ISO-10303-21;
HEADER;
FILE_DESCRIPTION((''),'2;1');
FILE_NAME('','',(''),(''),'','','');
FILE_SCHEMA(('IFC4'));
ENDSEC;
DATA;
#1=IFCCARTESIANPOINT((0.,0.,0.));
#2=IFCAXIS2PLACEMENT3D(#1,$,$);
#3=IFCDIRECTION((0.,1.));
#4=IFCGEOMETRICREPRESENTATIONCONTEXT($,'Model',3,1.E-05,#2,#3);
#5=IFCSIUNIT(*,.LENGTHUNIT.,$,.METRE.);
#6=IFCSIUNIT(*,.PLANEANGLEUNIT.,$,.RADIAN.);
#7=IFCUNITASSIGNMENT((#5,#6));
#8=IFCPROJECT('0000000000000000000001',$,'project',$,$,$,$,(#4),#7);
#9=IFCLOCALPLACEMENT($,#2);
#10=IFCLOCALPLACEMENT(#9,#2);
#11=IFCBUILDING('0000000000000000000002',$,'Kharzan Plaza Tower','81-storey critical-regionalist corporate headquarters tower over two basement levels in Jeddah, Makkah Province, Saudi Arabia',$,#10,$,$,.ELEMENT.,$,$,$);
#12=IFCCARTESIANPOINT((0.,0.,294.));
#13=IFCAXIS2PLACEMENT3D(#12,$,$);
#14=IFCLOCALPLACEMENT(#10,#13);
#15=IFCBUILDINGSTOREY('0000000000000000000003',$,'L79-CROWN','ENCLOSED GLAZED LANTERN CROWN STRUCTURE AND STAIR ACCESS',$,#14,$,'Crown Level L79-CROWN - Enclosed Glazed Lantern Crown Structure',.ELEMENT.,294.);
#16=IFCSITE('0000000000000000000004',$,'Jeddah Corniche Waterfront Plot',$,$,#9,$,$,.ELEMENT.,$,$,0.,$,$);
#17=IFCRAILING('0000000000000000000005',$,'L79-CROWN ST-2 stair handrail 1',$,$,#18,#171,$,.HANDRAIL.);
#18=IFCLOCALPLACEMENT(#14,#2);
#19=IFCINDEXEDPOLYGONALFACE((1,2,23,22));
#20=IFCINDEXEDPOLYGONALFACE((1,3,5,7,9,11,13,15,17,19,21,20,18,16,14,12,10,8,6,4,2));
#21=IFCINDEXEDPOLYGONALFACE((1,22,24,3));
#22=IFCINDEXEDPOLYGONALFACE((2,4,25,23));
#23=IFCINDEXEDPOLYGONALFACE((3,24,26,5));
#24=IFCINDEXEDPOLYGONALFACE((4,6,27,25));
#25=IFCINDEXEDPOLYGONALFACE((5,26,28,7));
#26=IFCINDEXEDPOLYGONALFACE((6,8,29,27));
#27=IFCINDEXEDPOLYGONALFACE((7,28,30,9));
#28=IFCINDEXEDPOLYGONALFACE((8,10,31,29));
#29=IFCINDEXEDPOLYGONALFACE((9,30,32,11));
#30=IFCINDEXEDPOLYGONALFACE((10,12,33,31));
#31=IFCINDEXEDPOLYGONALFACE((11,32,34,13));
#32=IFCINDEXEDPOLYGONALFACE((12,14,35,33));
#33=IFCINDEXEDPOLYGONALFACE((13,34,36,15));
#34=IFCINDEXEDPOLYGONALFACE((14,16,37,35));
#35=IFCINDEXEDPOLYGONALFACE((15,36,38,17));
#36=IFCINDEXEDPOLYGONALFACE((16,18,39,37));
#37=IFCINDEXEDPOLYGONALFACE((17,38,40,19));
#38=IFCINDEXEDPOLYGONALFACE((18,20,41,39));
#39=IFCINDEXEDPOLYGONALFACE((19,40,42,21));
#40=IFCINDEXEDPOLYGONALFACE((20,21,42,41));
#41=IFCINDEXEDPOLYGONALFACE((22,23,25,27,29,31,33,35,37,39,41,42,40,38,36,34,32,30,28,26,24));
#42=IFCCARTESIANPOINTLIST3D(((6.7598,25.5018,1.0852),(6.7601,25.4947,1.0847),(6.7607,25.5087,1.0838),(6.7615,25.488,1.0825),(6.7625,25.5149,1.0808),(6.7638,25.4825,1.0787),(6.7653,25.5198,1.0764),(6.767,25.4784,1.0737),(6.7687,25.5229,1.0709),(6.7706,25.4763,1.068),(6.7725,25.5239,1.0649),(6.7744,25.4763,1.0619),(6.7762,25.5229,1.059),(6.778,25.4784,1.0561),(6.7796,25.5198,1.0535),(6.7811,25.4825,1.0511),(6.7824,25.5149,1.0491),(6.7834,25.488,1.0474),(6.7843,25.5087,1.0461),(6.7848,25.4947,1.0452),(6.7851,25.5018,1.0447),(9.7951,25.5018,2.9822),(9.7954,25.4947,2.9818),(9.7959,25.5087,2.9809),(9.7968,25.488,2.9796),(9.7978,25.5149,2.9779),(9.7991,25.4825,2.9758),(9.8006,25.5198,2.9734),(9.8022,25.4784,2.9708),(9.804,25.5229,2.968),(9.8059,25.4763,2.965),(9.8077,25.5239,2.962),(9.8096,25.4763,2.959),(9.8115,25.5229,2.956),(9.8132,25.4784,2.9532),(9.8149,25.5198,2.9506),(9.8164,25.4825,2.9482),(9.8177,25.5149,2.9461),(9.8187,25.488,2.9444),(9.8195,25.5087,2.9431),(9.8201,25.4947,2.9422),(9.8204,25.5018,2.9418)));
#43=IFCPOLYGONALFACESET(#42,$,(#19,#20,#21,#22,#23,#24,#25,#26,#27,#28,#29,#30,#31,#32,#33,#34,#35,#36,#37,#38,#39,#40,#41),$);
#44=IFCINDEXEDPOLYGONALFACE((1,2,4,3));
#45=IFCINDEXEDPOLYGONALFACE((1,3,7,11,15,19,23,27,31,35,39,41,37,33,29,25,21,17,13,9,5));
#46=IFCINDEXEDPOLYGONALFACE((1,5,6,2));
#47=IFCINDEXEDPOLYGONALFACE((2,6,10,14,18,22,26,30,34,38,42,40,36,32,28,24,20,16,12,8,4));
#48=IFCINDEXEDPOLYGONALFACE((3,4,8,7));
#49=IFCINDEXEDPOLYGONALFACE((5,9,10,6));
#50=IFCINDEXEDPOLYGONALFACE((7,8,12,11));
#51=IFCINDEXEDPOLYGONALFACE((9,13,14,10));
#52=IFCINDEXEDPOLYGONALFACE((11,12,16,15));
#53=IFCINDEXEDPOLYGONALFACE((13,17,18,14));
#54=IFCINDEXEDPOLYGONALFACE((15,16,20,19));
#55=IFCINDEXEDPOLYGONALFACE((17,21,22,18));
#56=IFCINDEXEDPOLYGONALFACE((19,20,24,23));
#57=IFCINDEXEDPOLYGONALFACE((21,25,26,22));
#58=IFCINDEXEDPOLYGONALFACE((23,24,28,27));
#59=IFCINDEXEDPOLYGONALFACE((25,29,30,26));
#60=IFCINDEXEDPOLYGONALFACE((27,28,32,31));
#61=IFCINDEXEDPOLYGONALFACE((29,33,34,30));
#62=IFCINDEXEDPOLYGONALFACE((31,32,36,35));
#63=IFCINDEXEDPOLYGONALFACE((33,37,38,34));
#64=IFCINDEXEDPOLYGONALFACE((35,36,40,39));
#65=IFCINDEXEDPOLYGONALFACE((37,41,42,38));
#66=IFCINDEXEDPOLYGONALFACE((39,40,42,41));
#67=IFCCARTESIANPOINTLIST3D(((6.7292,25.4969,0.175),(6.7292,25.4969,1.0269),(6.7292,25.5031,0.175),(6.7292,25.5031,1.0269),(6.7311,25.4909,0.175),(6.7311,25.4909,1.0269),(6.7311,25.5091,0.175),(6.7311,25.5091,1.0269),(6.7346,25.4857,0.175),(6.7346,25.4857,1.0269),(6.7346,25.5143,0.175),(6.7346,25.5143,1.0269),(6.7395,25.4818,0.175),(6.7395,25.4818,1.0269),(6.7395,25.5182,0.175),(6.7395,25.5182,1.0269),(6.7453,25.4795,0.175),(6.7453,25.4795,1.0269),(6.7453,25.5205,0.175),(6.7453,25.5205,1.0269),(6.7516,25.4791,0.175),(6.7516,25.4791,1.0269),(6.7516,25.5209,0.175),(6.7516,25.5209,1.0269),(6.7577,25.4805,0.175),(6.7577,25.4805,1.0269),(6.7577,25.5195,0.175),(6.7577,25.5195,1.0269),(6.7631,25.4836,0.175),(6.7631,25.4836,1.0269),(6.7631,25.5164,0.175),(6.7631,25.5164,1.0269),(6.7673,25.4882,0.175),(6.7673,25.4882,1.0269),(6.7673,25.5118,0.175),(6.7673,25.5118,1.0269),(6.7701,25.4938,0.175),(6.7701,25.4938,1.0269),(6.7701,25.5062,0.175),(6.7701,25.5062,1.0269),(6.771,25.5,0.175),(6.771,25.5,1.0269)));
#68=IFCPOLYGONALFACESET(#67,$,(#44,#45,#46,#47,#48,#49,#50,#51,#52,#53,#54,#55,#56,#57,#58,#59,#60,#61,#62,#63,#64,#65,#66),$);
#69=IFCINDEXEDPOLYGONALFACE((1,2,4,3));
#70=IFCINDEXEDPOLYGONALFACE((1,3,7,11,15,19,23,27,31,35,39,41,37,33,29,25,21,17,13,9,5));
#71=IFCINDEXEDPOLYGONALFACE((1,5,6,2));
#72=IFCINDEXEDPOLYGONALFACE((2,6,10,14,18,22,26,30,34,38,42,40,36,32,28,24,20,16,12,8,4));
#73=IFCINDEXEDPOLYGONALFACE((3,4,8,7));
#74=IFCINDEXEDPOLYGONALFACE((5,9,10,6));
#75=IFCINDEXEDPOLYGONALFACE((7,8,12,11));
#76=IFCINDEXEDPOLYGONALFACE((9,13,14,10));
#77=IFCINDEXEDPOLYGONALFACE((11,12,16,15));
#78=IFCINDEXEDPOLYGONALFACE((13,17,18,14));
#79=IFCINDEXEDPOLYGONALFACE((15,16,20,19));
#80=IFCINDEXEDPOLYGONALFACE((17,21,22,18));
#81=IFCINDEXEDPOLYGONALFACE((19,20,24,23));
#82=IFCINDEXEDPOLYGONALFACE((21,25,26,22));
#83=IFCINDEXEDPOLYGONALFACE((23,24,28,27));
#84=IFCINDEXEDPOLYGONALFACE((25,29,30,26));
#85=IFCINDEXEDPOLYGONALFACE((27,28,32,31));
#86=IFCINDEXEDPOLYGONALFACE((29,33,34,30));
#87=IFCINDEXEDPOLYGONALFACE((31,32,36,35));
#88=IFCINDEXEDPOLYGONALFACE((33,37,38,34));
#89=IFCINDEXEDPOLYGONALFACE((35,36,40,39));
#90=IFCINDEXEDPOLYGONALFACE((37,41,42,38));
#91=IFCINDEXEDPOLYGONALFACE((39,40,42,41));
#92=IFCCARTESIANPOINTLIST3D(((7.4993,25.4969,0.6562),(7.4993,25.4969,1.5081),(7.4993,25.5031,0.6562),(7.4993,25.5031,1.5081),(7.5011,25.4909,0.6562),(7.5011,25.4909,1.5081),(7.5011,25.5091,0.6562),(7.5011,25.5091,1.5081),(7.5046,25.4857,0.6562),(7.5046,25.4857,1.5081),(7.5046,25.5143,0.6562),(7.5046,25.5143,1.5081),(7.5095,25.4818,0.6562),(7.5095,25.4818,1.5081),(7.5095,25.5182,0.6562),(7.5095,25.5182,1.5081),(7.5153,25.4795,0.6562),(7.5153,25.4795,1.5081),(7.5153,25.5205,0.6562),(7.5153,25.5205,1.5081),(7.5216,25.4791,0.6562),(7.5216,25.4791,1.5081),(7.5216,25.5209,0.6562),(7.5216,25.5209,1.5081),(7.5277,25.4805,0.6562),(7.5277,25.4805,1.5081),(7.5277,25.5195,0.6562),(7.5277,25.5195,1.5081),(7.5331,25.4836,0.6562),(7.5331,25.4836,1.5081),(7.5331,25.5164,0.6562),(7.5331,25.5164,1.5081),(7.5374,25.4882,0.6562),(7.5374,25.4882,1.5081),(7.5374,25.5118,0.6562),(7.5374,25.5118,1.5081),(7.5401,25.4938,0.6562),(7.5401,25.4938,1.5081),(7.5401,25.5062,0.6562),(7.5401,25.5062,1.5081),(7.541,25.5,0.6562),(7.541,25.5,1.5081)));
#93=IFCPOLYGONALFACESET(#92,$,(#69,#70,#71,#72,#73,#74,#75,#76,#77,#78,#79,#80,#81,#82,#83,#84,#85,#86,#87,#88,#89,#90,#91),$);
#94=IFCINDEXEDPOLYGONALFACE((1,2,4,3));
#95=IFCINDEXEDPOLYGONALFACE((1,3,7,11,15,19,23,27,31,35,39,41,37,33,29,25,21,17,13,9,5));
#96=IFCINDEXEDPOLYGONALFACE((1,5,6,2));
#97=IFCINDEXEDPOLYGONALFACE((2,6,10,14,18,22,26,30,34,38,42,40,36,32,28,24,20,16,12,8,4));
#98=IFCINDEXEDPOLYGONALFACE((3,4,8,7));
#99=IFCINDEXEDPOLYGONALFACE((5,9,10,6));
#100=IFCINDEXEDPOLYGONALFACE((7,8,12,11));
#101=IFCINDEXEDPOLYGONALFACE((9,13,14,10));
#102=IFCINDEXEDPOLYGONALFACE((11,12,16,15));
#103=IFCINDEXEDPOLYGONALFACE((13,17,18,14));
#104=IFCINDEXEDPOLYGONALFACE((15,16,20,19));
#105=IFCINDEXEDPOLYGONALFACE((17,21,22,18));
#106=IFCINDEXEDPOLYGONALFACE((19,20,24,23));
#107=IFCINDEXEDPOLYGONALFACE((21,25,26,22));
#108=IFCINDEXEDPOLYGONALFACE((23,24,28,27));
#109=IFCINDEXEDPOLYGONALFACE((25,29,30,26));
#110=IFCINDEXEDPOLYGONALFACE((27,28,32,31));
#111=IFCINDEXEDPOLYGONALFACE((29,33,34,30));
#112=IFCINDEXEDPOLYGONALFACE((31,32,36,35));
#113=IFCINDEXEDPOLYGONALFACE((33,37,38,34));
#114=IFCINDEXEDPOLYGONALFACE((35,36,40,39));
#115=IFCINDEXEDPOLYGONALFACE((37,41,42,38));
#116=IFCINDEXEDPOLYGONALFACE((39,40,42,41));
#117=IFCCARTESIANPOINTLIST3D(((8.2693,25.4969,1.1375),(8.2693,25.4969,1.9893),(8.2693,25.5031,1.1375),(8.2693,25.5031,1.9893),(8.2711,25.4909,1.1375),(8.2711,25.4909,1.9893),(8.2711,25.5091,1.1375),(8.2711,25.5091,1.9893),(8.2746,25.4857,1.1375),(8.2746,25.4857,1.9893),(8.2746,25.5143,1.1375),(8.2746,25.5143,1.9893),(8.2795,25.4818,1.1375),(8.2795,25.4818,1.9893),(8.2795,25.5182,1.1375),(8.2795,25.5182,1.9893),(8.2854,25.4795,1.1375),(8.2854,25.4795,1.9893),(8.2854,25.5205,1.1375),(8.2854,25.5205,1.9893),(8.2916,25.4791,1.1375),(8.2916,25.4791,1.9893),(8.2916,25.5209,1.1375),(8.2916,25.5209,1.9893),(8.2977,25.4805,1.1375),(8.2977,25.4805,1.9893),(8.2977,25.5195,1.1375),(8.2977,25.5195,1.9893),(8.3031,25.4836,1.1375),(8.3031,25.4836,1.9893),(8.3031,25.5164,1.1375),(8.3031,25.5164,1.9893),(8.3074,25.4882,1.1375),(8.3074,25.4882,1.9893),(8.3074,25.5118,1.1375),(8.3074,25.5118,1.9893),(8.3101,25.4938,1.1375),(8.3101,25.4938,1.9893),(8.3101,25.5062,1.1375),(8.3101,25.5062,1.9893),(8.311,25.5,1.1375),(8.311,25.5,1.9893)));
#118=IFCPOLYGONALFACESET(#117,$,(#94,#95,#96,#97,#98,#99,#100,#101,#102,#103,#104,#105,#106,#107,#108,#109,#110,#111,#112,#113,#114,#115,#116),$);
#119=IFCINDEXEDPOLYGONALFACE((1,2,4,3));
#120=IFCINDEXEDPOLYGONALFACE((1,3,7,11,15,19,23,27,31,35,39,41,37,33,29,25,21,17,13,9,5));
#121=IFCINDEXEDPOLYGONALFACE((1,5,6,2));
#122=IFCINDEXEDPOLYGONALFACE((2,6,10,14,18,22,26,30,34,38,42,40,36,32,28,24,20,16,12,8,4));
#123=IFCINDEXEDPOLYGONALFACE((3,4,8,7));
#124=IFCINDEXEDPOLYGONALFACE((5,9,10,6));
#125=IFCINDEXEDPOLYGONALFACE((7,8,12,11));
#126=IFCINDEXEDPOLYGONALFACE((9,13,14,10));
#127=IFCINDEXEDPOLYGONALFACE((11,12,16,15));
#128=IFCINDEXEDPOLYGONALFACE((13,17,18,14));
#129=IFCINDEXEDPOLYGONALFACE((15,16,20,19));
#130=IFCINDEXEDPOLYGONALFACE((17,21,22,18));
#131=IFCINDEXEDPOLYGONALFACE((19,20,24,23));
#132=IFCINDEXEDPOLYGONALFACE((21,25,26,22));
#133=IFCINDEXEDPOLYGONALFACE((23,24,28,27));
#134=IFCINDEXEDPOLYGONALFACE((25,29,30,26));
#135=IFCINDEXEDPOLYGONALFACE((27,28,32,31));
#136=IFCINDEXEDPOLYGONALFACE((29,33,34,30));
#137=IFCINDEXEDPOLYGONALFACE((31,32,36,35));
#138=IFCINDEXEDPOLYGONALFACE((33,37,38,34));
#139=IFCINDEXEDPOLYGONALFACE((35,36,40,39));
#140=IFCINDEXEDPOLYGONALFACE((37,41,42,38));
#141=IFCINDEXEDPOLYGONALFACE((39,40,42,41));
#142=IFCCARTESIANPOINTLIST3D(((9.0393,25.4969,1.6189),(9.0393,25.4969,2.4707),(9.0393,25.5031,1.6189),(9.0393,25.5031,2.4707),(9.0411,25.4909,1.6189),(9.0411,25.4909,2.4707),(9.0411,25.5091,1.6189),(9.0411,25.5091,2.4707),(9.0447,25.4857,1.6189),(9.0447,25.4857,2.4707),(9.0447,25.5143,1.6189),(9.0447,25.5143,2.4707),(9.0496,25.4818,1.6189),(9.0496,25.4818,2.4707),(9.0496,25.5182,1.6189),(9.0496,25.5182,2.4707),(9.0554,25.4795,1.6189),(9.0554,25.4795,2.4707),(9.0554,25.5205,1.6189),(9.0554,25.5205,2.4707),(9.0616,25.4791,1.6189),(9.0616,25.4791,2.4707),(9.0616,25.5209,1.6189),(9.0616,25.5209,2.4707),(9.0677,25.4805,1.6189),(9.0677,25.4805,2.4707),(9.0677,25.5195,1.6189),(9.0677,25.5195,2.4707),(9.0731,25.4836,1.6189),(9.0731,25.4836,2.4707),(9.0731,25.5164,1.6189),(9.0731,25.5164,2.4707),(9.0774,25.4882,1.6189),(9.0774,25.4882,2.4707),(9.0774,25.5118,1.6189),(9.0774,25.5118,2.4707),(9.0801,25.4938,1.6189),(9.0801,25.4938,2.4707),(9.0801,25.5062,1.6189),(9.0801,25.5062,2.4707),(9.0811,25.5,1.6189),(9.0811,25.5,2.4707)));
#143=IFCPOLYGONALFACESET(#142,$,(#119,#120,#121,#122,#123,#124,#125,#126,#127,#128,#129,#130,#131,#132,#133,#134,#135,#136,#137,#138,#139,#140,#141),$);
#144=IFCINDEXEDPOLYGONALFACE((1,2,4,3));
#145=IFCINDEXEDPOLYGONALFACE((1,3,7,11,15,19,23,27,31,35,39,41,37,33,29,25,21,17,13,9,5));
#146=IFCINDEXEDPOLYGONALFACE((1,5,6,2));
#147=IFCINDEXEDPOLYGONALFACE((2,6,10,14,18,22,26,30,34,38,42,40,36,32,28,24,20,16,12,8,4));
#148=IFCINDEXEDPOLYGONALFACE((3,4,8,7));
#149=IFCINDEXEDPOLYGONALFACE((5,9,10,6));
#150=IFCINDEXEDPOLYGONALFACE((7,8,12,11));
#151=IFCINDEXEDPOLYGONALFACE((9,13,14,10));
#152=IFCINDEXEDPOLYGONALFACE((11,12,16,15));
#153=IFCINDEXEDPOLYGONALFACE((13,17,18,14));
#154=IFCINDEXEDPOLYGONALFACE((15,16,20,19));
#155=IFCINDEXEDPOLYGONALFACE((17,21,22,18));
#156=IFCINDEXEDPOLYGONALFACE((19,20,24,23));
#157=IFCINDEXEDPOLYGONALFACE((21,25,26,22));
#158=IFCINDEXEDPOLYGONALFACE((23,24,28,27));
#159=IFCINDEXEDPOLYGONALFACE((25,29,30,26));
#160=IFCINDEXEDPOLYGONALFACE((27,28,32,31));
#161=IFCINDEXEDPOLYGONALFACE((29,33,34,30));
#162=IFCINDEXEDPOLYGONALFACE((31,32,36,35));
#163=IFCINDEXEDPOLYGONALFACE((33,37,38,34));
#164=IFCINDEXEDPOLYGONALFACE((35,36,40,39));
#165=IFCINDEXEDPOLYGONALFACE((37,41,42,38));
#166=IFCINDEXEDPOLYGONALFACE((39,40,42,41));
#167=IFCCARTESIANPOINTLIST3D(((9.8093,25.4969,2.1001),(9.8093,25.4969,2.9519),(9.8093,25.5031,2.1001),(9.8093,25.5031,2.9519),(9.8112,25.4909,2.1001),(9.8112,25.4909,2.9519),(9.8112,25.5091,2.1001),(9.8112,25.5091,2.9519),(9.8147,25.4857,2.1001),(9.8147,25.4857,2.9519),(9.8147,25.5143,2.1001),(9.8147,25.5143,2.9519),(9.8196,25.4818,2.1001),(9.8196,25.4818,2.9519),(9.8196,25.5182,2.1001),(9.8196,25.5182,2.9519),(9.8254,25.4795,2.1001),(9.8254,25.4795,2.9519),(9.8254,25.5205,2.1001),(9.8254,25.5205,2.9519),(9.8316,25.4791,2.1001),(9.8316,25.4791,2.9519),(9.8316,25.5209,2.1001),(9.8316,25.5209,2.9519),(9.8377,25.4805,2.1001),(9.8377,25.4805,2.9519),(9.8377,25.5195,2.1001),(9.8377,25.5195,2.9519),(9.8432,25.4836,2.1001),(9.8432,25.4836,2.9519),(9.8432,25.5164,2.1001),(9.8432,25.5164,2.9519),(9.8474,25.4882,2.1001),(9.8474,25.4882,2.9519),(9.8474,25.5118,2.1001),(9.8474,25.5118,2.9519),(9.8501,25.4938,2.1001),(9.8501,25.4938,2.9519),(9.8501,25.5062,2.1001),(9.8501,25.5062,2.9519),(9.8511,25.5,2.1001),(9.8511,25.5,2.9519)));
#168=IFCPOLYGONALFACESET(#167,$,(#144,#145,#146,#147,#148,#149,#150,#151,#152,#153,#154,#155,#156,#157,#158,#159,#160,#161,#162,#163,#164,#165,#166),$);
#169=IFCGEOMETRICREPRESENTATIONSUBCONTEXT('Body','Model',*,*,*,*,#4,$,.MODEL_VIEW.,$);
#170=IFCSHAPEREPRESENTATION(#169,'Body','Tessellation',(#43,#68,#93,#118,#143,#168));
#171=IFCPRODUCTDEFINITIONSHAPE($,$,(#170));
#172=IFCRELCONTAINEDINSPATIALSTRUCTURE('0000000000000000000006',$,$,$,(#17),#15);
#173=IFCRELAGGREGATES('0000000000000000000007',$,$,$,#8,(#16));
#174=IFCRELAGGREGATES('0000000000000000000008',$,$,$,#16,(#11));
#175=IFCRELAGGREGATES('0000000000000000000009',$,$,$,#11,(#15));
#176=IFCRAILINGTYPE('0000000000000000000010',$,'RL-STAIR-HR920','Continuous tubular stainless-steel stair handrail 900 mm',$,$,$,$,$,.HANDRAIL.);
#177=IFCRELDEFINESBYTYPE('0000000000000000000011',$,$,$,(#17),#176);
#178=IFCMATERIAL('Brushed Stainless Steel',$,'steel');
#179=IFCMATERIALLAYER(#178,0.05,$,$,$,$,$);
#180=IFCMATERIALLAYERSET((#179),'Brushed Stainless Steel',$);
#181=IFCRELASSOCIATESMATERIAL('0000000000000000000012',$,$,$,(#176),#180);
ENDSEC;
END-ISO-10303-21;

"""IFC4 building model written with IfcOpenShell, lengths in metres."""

from ifc_helpers import new_model, si_unit, direction, frame, origin, origin_2d, place, context, subcontext, project, spatial, circle, extrude, source, transform, mapped, material, layer, layer_set, type_object, element, save


model = new_model("IFC4")

# Units and contexts
model_context = context("Model", 3, precision=1e-05, world=origin(), true_north=direction((0.0, 1.0)))
body_context = subcontext(model_context, "Body", "Model", "MODEL_VIEW")
ifc_project = project(units=[si_unit("LENGTHUNIT", "METRE"), si_unit("PLANEANGLEUNIT", "RADIAN")], contexts=[model_context])

# Site, building, storey
site_placement = place(None, origin())
site = spatial("IfcSite", under=ifc_project, at=site_placement, Name="Jeddah Corniche Waterfront Plot", CompositionType="ELEMENT", RefElevation=0.0)
building_placement = place(site_placement, origin())
building = spatial("IfcBuilding", under=site, at=building_placement, Name="Kharzan Plaza Tower", Description="81-storey critical-regionalist corporate headquarters tower over two basement levels in Jeddah, Makkah Province, Saudi Arabia", CompositionType="ELEMENT")
storey_placement = place(building_placement, frame((0.0, 0.0, 294.0)))
storey = spatial("IfcBuildingStorey", under=building, at=storey_placement, Name="L79-CROWN", Description="ENCLOSED GLAZED LANTERN CROWN STRUCTURE AND STAIR ACCESS", LongName="Crown Level L79-CROWN - Enclosed Glazed Lantern Crown Structure", CompositionType="ELEMENT", Elevation=294.0)

# Shared definitions
ifc_material_1 = material(Name="Brushed Stainless Steel", Category="steel")

# Railing
ifc_layer_1 = layer(ifc_material_1, 0.05)
ifc_layer_set_1 = layer_set([ifc_layer_1], Name="Brushed Stainless Steel")
railing_type_1 = type_object("IfcRailingType", Name="RL-STAIR-HR920", Description="Continuous tubular stainless-steel stair handrail 900 mm", PredefinedType="HANDRAIL", material=ifc_layer_set_1)
shared_shape_1 = source(origin(), body_context, "Body", "SweptSolid", [
    extrude(circle(Radius=0.0239, at=origin_2d()), frame((0.0225, 0.0, 0.8899), z_axis=(0.847998, 0.0, 0.529999), x_axis=(0.0, 1.0, 0.0)), (0.0, 0.0, 1.0), 3.5793),
    extrude(circle(Radius=0.021, at=origin_2d()), origin(), (0.0, 0.0, 1.0), 0.8518),
    extrude(circle(Radius=0.021, at=origin_2d()), frame((0.77, 0.0, 0.4812)), (0.0, 0.0, 1.0), 0.8518),
    extrude(circle(Radius=0.021, at=origin_2d()), frame((1.54, 0.0, 0.9624)), (0.0, 0.0, 1.0), 0.8518),
    extrude(circle(Radius=0.021, at=origin_2d()), frame((2.3101, 0.0, 1.4438)), (0.0, 0.0, 1.0), 0.8518),
    extrude(circle(Radius=0.021, at=origin_2d()), frame((3.0801, 0.0, 1.925)), (0.0, 0.0, 1.0), 0.8518),
])
railing_1_placement = place(storey_placement, frame((6.75, 25.5, 0.175)))
element("IfcRailing", 1, at=railing_1_placement, inside=storey, type_object=railing_type_1, Name="L79-CROWN ST-2 stair handrail 1", PredefinedType="HANDRAIL", context=body_context, shape_type="MappedRepresentation", body=[
    mapped(shared_shape_1, transform((0.0, 0.0, 0.0), x_axis=(1.0, 0.0, 0.0), y_axis=(0.0, 1.0, 0.0), z_axis=(0.0, 0.0, 1.0))),
])

save(model, "model.ifc")
